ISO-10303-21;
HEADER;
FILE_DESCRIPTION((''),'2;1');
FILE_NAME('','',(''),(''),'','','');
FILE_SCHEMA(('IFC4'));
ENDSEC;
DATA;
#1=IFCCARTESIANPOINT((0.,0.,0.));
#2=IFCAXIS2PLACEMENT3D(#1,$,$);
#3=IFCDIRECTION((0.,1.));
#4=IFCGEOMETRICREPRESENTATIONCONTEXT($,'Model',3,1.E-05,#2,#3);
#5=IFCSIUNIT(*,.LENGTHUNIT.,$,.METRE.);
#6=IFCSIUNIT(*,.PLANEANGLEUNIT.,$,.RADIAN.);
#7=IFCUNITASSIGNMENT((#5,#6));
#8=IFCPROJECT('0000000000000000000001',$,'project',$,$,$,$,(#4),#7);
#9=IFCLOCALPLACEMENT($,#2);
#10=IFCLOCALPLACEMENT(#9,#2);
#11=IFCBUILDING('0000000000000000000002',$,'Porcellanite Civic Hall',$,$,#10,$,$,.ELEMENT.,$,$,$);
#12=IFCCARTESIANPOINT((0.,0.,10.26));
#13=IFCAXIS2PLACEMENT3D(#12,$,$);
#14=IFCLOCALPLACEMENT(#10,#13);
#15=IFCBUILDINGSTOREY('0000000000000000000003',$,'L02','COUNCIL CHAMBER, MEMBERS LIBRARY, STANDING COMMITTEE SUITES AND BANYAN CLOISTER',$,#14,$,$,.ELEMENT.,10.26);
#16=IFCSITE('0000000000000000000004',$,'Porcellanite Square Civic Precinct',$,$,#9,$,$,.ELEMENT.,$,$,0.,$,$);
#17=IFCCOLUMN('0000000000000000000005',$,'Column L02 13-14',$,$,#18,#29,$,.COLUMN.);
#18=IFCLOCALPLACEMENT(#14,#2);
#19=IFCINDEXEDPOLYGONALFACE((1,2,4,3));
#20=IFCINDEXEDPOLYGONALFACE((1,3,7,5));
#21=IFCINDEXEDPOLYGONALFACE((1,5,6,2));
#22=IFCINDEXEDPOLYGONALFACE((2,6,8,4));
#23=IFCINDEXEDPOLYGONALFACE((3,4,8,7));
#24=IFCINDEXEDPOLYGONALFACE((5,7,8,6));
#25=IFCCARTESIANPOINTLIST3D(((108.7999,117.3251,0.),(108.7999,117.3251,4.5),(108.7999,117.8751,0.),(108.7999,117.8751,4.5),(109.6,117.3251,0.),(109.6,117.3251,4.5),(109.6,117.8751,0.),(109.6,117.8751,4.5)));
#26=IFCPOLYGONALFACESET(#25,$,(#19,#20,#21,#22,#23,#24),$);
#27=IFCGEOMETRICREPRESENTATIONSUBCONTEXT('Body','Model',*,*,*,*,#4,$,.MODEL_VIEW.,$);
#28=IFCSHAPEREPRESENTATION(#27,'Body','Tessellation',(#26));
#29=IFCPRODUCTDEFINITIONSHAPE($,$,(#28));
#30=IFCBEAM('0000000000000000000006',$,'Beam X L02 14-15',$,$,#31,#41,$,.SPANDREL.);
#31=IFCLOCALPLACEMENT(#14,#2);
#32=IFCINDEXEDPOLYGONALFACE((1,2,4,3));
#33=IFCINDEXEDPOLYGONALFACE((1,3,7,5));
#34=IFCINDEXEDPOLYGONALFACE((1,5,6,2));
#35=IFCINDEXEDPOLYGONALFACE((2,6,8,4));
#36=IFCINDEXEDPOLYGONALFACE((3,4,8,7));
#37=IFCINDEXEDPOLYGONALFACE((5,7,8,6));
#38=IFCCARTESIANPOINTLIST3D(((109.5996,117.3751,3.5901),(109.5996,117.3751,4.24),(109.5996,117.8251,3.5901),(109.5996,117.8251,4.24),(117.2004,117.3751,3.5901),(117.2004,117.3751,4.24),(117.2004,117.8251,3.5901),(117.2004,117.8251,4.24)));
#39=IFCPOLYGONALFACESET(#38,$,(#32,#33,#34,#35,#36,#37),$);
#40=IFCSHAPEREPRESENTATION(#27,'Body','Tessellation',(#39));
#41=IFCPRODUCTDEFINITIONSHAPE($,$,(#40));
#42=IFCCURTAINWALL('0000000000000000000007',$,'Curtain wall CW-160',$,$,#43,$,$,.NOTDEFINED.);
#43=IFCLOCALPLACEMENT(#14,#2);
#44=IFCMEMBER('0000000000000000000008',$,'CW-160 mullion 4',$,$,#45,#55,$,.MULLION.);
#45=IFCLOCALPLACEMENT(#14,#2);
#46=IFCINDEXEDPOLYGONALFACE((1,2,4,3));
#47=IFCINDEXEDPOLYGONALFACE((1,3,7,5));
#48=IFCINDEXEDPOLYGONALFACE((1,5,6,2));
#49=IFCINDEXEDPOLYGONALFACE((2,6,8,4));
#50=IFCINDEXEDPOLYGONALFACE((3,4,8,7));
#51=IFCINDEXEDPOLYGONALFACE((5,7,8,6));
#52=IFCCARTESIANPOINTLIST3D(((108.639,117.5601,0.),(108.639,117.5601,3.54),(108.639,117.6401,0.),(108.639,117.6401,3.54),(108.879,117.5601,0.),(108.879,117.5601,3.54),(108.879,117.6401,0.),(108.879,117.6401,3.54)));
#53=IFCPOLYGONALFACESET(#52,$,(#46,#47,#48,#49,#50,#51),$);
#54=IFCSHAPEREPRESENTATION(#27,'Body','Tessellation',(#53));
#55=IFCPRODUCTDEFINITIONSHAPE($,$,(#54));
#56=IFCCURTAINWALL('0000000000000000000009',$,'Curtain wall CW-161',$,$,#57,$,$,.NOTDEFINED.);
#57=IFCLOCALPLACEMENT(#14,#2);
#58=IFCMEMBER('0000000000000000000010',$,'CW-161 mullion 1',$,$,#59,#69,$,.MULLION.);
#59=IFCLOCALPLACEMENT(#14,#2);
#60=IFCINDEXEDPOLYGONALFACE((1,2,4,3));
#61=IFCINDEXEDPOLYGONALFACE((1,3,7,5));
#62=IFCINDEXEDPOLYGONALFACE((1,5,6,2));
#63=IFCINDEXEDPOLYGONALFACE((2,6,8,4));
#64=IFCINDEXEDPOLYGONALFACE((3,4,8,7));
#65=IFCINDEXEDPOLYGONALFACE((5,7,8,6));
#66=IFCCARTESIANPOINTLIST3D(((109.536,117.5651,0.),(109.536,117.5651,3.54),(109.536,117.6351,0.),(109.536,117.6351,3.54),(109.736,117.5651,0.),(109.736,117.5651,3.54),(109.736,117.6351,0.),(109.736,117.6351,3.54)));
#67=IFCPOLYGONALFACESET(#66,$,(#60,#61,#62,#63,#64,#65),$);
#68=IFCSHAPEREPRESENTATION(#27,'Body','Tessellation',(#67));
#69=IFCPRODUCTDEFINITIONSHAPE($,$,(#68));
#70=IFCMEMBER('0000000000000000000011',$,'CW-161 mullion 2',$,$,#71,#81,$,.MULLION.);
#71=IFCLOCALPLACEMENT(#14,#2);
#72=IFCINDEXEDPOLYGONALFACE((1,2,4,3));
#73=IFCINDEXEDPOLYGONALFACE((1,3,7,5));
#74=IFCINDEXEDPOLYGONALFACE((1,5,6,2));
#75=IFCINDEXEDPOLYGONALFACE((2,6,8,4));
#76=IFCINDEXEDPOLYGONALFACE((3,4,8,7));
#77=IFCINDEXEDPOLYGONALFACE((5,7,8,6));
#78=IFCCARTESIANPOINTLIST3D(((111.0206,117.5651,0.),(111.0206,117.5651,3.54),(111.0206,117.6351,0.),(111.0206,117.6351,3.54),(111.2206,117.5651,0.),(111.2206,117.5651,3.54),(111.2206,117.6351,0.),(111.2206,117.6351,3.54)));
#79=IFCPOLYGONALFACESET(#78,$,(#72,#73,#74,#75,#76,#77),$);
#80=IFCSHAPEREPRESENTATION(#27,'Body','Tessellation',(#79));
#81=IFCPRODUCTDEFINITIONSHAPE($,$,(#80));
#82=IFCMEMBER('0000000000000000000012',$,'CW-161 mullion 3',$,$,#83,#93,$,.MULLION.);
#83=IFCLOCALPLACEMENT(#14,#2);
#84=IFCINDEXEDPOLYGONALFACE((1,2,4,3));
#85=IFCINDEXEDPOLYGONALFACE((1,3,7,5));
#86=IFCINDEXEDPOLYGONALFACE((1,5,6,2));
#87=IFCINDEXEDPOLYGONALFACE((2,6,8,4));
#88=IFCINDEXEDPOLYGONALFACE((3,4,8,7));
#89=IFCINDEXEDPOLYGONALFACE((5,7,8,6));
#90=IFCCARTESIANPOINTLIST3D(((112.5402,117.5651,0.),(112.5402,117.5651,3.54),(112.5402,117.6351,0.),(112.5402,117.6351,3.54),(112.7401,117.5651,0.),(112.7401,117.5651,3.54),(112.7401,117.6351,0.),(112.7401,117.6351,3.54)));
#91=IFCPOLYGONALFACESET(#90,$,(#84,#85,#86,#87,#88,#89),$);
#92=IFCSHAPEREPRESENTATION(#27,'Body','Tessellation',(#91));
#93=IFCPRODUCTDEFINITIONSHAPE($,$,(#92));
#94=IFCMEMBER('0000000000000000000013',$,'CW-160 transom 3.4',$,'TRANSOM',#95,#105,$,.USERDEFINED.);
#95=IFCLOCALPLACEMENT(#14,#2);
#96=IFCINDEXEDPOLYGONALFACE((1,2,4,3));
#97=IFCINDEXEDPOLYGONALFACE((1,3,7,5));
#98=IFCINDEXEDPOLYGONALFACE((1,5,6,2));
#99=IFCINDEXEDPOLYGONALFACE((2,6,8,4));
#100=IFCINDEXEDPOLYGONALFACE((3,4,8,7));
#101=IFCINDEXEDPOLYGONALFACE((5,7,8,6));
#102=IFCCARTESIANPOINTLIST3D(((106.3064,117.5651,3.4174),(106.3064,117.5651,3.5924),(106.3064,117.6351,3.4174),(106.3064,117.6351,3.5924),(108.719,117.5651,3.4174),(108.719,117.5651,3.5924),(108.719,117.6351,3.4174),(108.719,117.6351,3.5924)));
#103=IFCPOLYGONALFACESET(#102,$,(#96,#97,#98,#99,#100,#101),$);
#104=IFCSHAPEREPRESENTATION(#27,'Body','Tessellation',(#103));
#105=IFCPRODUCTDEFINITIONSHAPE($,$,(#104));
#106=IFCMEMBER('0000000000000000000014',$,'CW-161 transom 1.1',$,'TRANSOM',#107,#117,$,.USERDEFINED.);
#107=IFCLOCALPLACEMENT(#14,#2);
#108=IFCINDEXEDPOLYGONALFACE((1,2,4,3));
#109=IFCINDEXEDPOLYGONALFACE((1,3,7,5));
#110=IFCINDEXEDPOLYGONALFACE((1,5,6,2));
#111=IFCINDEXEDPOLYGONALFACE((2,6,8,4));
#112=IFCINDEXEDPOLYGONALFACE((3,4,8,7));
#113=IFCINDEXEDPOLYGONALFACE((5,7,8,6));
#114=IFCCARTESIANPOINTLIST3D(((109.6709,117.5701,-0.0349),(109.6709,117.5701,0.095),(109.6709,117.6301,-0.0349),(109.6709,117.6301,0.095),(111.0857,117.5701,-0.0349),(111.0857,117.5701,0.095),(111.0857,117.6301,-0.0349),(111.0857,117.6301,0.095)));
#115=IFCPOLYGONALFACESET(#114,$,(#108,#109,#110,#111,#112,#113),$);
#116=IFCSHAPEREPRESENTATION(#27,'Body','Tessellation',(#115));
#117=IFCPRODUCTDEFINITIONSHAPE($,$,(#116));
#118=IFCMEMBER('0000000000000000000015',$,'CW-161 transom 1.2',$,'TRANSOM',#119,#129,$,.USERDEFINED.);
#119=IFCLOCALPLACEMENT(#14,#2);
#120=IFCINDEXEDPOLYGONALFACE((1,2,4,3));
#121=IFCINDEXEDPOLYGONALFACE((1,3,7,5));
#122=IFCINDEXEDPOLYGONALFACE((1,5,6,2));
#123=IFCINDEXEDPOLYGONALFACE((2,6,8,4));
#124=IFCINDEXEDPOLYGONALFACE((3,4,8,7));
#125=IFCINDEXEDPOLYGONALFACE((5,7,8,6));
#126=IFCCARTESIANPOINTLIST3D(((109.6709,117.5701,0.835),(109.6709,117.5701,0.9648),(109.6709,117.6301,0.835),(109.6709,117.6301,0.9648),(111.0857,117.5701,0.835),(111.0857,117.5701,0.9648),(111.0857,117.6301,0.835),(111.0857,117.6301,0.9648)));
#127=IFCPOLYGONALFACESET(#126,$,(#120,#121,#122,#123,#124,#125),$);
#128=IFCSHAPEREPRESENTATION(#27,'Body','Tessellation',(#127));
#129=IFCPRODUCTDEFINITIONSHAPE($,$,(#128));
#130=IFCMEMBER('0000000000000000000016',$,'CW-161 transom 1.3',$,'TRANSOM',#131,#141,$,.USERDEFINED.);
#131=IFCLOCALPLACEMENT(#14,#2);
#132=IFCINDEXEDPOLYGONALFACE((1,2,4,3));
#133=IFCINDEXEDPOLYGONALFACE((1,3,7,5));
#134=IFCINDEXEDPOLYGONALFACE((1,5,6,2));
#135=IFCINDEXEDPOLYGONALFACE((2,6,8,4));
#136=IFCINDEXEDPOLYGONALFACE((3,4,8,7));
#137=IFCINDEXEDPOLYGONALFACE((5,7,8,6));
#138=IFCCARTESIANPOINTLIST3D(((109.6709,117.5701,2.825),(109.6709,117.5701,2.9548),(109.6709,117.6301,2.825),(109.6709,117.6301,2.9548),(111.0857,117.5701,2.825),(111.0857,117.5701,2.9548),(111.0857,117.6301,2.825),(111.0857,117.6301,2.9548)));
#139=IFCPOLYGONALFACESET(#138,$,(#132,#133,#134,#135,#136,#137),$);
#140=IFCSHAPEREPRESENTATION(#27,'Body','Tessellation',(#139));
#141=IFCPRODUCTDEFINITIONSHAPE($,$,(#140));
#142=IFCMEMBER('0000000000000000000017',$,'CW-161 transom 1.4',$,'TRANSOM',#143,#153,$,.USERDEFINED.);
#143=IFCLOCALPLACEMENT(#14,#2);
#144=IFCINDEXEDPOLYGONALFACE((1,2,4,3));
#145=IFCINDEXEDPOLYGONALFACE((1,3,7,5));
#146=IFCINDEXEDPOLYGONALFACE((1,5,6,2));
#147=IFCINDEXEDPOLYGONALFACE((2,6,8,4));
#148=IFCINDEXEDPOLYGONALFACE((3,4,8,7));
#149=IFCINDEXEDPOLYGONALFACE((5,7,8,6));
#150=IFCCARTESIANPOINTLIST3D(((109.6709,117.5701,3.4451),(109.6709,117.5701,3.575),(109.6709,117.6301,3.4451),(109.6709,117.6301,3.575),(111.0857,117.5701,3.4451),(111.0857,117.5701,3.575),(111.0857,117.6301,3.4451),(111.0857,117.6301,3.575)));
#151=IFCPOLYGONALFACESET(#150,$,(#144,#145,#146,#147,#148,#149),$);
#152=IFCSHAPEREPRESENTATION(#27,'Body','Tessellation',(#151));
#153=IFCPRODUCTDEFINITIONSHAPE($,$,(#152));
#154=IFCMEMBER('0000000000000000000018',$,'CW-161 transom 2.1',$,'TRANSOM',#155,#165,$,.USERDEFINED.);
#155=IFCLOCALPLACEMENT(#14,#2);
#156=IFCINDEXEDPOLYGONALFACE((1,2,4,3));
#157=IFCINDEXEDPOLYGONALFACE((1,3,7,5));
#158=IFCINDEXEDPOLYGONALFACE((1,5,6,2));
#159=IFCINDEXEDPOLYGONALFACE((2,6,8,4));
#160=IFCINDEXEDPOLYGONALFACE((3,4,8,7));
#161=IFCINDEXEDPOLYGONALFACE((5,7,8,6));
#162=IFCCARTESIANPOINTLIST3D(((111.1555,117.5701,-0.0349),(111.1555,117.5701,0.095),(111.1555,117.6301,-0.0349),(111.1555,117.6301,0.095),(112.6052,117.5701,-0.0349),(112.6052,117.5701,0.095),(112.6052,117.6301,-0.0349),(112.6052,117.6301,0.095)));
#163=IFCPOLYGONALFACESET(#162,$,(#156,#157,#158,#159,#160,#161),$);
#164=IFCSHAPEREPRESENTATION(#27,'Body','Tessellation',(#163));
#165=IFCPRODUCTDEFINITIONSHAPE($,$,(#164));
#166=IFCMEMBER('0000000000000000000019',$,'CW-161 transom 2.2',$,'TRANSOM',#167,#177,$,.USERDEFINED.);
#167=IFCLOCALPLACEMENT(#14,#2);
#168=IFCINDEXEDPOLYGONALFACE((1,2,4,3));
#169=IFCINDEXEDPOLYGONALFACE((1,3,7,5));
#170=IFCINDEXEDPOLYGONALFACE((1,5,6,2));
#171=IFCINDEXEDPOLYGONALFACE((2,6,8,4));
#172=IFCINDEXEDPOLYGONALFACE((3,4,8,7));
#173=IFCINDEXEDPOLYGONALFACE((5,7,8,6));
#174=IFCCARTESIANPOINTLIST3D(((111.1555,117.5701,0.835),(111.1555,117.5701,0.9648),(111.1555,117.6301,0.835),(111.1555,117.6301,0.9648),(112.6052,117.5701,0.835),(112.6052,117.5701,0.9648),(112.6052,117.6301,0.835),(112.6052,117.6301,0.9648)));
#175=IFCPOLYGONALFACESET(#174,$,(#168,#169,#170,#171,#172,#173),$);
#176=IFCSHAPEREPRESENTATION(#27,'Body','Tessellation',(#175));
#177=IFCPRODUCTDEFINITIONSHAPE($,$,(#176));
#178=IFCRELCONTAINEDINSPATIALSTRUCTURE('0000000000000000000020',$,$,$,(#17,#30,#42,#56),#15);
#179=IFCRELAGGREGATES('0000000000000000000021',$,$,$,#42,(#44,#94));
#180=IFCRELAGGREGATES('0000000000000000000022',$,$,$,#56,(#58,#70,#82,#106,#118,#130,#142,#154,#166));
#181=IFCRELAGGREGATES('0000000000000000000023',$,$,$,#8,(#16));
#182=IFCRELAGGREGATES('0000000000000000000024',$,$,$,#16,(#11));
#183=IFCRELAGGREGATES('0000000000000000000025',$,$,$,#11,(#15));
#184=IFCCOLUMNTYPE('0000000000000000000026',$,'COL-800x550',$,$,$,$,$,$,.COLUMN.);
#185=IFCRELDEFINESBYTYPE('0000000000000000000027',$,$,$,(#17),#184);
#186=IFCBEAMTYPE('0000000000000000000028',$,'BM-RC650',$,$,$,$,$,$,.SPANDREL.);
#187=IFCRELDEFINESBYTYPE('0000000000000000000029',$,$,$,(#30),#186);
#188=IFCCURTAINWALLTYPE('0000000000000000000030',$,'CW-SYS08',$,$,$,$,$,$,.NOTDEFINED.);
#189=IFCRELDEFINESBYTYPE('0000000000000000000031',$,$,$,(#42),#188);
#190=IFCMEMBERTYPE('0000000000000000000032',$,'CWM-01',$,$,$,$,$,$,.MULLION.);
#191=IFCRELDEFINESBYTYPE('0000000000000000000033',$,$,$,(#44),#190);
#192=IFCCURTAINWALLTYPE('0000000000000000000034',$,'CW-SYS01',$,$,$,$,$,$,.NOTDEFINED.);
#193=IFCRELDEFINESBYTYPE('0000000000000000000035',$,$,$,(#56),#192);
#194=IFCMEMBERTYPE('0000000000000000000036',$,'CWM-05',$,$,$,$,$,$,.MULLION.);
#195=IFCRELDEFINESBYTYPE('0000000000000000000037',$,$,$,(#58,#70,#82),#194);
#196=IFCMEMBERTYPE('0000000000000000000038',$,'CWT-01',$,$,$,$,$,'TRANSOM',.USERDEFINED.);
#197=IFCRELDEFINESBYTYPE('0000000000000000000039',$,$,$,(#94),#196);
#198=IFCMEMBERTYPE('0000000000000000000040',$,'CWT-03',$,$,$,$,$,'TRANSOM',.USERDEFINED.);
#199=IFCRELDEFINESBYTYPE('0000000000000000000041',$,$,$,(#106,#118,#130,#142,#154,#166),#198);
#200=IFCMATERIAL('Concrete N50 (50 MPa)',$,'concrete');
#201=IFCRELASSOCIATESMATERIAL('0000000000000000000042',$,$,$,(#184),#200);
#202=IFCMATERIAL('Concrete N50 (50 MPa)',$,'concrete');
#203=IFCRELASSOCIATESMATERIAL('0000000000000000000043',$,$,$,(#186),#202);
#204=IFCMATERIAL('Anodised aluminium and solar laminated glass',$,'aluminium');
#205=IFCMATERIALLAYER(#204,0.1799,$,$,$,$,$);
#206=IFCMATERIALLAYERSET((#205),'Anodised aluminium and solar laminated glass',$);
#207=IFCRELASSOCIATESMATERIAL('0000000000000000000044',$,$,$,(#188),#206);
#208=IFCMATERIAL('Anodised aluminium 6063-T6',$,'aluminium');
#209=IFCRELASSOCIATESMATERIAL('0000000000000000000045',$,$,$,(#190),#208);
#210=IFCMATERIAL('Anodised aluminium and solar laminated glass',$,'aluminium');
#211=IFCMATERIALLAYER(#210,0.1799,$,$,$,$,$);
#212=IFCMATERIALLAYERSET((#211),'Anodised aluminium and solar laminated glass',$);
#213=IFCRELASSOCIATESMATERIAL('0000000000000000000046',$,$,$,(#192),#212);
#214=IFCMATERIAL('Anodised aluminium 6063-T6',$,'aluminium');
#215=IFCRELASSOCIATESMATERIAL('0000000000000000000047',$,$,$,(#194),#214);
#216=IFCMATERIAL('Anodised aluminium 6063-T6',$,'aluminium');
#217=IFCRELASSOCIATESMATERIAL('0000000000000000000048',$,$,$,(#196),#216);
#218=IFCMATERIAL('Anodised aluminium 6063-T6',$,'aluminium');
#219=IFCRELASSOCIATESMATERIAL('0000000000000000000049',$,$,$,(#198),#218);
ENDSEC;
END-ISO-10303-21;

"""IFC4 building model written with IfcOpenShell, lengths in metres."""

from ifc_helpers import new_model, si_unit, direction, frame, origin, origin_2d, place, context, subcontext, project, spatial, rectangle, extrude, material, layer, layer_set, material_profile, profile_set, type_object, element, aggregate, save


model = new_model("IFC4")

# Units and contexts
model_context = context("Model", 3, precision=1e-05, world=origin(), true_north=direction((0.0, 1.0)))
body_context = subcontext(model_context, "Body", "Model", "MODEL_VIEW")
ifc_project = project(units=[si_unit("LENGTHUNIT", "METRE"), si_unit("PLANEANGLEUNIT", "RADIAN")], contexts=[model_context])

# Site, building, storey
site_placement = place(None, origin())
site = spatial("IfcSite", under=ifc_project, at=site_placement, Name="Porcellanite Square Civic Precinct", CompositionType="ELEMENT", RefElevation=0.0)
building_placement = place(site_placement, origin())
building = spatial("IfcBuilding", under=site, at=building_placement, Name="Porcellanite Civic Hall", CompositionType="ELEMENT")
storey_placement = place(building_placement, frame((0.0, 0.0, 10.26)))
storey = spatial("IfcBuildingStorey", under=building, at=storey_placement, Name="L02", Description="COUNCIL CHAMBER, MEMBERS LIBRARY, STANDING COMMITTEE SUITES AND BANYAN CLOISTER", CompositionType="ELEMENT", Elevation=10.26)

# Column
ifc_material_1 = material(Name="Concrete N50 (50 MPa)", Category="concrete")
ifc_material_profile_1 = material_profile(ifc_material_1, rectangle(XDim=0.8, YDim=0.55, at=origin_2d()), Name="RC-800x550")
ifc_profile_set_1 = profile_set([ifc_material_profile_1], Name="Concrete N50 (50 MPa)")
column_type = type_object("IfcColumnType", Name="COL-800x550", PredefinedType="COLUMN", material=ifc_profile_set_1)
column_placement = place(storey_placement, frame((109.2, 117.6001, 0.0), z_axis=(0.0, 0.0, 1.0), x_axis=(1.0, 0.0, 0.0)))
element("IfcColumn", 1, at=column_placement, inside=storey, type_object=column_type, Name="Column L02 13-14", PredefinedType="COLUMN", context=body_context, shape_type="SweptSolid", body=[
    extrude(rectangle(XDim=0.8, YDim=0.55, at=origin_2d()), origin(), (0.0, 0.0, 1.0), 4.5),
])

# Beam
ifc_material_2 = material(Name="Concrete N50 (50 MPa)", Category="concrete")
ifc_material_profile_2 = material_profile(ifc_material_2, rectangle(XDim=0.45, YDim=0.6499, at=origin_2d()), Name="RC-450x650")
ifc_profile_set_2 = profile_set([ifc_material_profile_2], Name="Concrete N50 (50 MPa)")
beam_type = type_object("IfcBeamType", Name="BM-RC650", PredefinedType="SPANDREL", material=ifc_profile_set_2)
beam_placement = place(storey_placement, frame((109.5996, 117.6001, 3.915), z_axis=(1.0, 0.0, 0.0), x_axis=(0.0, 1.0, 0.0)))
element("IfcBeam", 2, at=beam_placement, inside=storey, type_object=beam_type, Name="Beam X L02 14-15", PredefinedType="SPANDREL", context=body_context, shape_type="SweptSolid", body=[
    extrude(rectangle(XDim=0.45, YDim=0.6499, at=origin_2d()), origin(), (0.0, 0.0, 1.0), 7.6008),
])

# Curtain wall, member
ifc_material_3 = material(Name="Anodised aluminium and solar laminated glass", Category="aluminium")
ifc_layer_1 = layer(ifc_material_3, 0.1799)
ifc_layer_set_1 = layer_set([ifc_layer_1], Name="Anodised aluminium and solar laminated glass")
curtain_wall_type_1 = type_object("IfcCurtainWallType", Name="CW-SYS08", PredefinedType="NOTDEFINED", material=ifc_layer_set_1)
curtain_wall_1_placement = place(storey_placement, origin())
curtain_wall_1 = element("IfcCurtainWall", 3, at=curtain_wall_1_placement, inside=storey, type_object=curtain_wall_type_1, Name="Curtain wall CW-160", PredefinedType="NOTDEFINED")
ifc_material_4 = material(Name="Anodised aluminium 6063-T6", Category="aluminium")
ifc_material_profile_3 = material_profile(ifc_material_4, rectangle(XDim=0.0801, YDim=0.24, at=origin_2d()), Name="AL-80x240")
ifc_profile_set_3 = profile_set([ifc_material_profile_3], Name="Anodised aluminium 6063-T6")
member_type_1 = type_object("IfcMemberType", Name="CWM-01", PredefinedType="MULLION", material=ifc_profile_set_3)
member_1_placement = place(storey_placement, frame((108.759, 117.6001, 0.0), z_axis=(0.0, 0.0, 1.0), x_axis=(0.0, 1.0, 0.0)))
member_1 = element("IfcMember", 4, at=member_1_placement, type_object=member_type_1, Name="CW-160 mullion 4", PredefinedType="MULLION", context=body_context, shape_type="SweptSolid", body=[
    extrude(rectangle(XDim=0.0801, YDim=0.24, at=origin_2d()), origin(), (0.0, 0.0, 1.0), 3.54),
])

# Curtain wall, members
ifc_material_5 = material(Name="Anodised aluminium and solar laminated glass", Category="aluminium")
ifc_layer_2 = layer(ifc_material_5, 0.1799)
ifc_layer_set_2 = layer_set([ifc_layer_2], Name="Anodised aluminium and solar laminated glass")
curtain_wall_type_2 = type_object("IfcCurtainWallType", Name="CW-SYS01", PredefinedType="NOTDEFINED", material=ifc_layer_set_2)
curtain_wall_2_placement = place(storey_placement, origin())
curtain_wall_2 = element("IfcCurtainWall", 5, at=curtain_wall_2_placement, inside=storey, type_object=curtain_wall_type_2, Name="Curtain wall CW-161", PredefinedType="NOTDEFINED")
ifc_material_6 = material(Name="Anodised aluminium 6063-T6", Category="aluminium")
ifc_material_profile_4 = material_profile(ifc_material_6, rectangle(XDim=0.0701, YDim=0.2, at=origin_2d()), Name="AL-70x200")
ifc_profile_set_4 = profile_set([ifc_material_profile_4], Name="Anodised aluminium 6063-T6")
member_type_2 = type_object("IfcMemberType", Name="CWM-05", PredefinedType="MULLION", material=ifc_profile_set_4)
member_2_placement = place(storey_placement, frame((109.636, 117.6001, 0.0), z_axis=(0.0, 0.0, 1.0), x_axis=(0.0, 1.0, 0.0)))
member_2 = element("IfcMember", 6, at=member_2_placement, type_object=member_type_2, Name="CW-161 mullion 1", PredefinedType="MULLION", context=body_context, shape_type="SweptSolid", body=[
    extrude(rectangle(XDim=0.0701, YDim=0.2, at=origin_2d()), origin(), (0.0, 0.0, 1.0), 3.54),
])
member_3_placement = place(storey_placement, frame((111.1206, 117.6001, 0.0), z_axis=(0.0, 0.0, 1.0), x_axis=(0.0, 1.0, 0.0)))
member_3 = element("IfcMember", 7, at=member_3_placement, type_object=member_type_2, Name="CW-161 mullion 2", PredefinedType="MULLION", context=body_context, shape_type="SweptSolid", body=[
    extrude(rectangle(XDim=0.0701, YDim=0.2, at=origin_2d()), origin(), (0.0, 0.0, 1.0), 3.54),
])
member_4_placement = place(storey_placement, frame((112.6401, 117.6001, 0.0), z_axis=(0.0, 0.0, 1.0), x_axis=(0.0, 1.0, 0.0)))
member_4 = element("IfcMember", 8, at=member_4_placement, type_object=member_type_2, Name="CW-161 mullion 3", PredefinedType="MULLION", context=body_context, shape_type="SweptSolid", body=[
    extrude(rectangle(XDim=0.0701, YDim=0.2, at=origin_2d()), origin(), (0.0, 0.0, 1.0), 3.54),
])

# Members
ifc_material_7 = material(Name="Anodised aluminium 6063-T6", Category="aluminium")
ifc_material_profile_5 = material_profile(ifc_material_7, rectangle(XDim=0.0701, YDim=0.175, at=origin_2d()), Name="AL-70x175")
ifc_profile_set_5 = profile_set([ifc_material_profile_5], Name="Anodised aluminium 6063-T6")
member_type_3 = type_object("IfcMemberType", Name="CWT-01", ElementType="TRANSOM", PredefinedType="USERDEFINED", material=ifc_profile_set_5)
member_5_placement = place(storey_placement, frame((106.3064, 117.6001, 3.5049), z_axis=(1.0, 0.0, 0.0), x_axis=(0.0, 1.0, 0.0)))
member_5 = element("IfcMember", 9, at=member_5_placement, type_object=member_type_3, Name="CW-160 transom 3.4", ObjectType="TRANSOM", PredefinedType="USERDEFINED", context=body_context, shape_type="SweptSolid", body=[
    extrude(rectangle(XDim=0.0701, YDim=0.175, at=origin_2d()), origin(), (0.0, 0.0, 1.0), 2.4126),
])
ifc_material_8 = material(Name="Anodised aluminium 6063-T6", Category="aluminium")
ifc_material_profile_6 = material_profile(ifc_material_8, rectangle(XDim=0.0601, YDim=0.1299, at=origin_2d()), Name="AL-60x130")
ifc_profile_set_6 = profile_set([ifc_material_profile_6], Name="Anodised aluminium 6063-T6")
member_type_4 = type_object("IfcMemberType", Name="CWT-03", ElementType="TRANSOM", PredefinedType="USERDEFINED", material=ifc_profile_set_6)
member_6_placement = place(storey_placement, frame((109.6709, 117.6001, 0.03), z_axis=(1.0, 0.0, 0.0), x_axis=(0.0, 1.0, 0.0)))
member_6 = element("IfcMember", 10, at=member_6_placement, type_object=member_type_4, Name="CW-161 transom 1.1", ObjectType="TRANSOM", PredefinedType="USERDEFINED", context=body_context, shape_type="SweptSolid", body=[
    extrude(rectangle(XDim=0.0601, YDim=0.1299, at=origin_2d()), origin(), (0.0, 0.0, 1.0), 1.4148),
])
member_7_placement = place(storey_placement, frame((109.6709, 117.6001, 0.8999), z_axis=(1.0, 0.0, 0.0), x_axis=(0.0, 1.0, 0.0)))
member_7 = element("IfcMember", 11, at=member_7_placement, type_object=member_type_4, Name="CW-161 transom 1.2", ObjectType="TRANSOM", PredefinedType="USERDEFINED", context=body_context, shape_type="SweptSolid", body=[
    extrude(rectangle(XDim=0.0601, YDim=0.1299, at=origin_2d()), origin(), (0.0, 0.0, 1.0), 1.4148),
])
member_8_placement = place(storey_placement, frame((109.6709, 117.6001, 2.8899), z_axis=(1.0, 0.0, 0.0), x_axis=(0.0, 1.0, 0.0)))
member_8 = element("IfcMember", 12, at=member_8_placement, type_object=member_type_4, Name="CW-161 transom 1.3", ObjectType="TRANSOM", PredefinedType="USERDEFINED", context=body_context, shape_type="SweptSolid", body=[
    extrude(rectangle(XDim=0.0601, YDim=0.1299, at=origin_2d()), origin(), (0.0, 0.0, 1.0), 1.4148),
])
member_9_placement = place(storey_placement, frame((109.6709, 117.6001, 3.51), z_axis=(1.0, 0.0, 0.0), x_axis=(0.0, 1.0, 0.0)))
member_9 = element("IfcMember", 13, at=member_9_placement, type_object=member_type_4, Name="CW-161 transom 1.4", ObjectType="TRANSOM", PredefinedType="USERDEFINED", context=body_context, shape_type="SweptSolid", body=[
    extrude(rectangle(XDim=0.0601, YDim=0.1299, at=origin_2d()), origin(), (0.0, 0.0, 1.0), 1.4148),
])
member_10_placement = place(storey_placement, frame((111.1555, 117.6001, 0.03), z_axis=(1.0, 0.0, 0.0), x_axis=(0.0, 1.0, 0.0)))
member_10 = element("IfcMember", 14, at=member_10_placement, type_object=member_type_4, Name="CW-161 transom 2.1", ObjectType="TRANSOM", PredefinedType="USERDEFINED", context=body_context, shape_type="SweptSolid", body=[
    extrude(rectangle(XDim=0.0601, YDim=0.1299, at=origin_2d()), origin(), (0.0, 0.0, 1.0), 1.4497),
])
member_11_placement = place(storey_placement, frame((111.1555, 117.6001, 0.8999), z_axis=(1.0, 0.0, 0.0), x_axis=(0.0, 1.0, 0.0)))
member_11 = element("IfcMember", 15, at=member_11_placement, type_object=member_type_4, Name="CW-161 transom 2.2", ObjectType="TRANSOM", PredefinedType="USERDEFINED", context=body_context, shape_type="SweptSolid", body=[
    extrude(rectangle(XDim=0.0601, YDim=0.1299, at=origin_2d()), origin(), (0.0, 0.0, 1.0), 1.4497),
])

aggregate(curtain_wall_1, [member_1, member_5])
aggregate(curtain_wall_2, [member_2, member_3, member_4, member_6, member_7, member_8, member_9, member_10, member_11])

save(model, "model.ifc")
